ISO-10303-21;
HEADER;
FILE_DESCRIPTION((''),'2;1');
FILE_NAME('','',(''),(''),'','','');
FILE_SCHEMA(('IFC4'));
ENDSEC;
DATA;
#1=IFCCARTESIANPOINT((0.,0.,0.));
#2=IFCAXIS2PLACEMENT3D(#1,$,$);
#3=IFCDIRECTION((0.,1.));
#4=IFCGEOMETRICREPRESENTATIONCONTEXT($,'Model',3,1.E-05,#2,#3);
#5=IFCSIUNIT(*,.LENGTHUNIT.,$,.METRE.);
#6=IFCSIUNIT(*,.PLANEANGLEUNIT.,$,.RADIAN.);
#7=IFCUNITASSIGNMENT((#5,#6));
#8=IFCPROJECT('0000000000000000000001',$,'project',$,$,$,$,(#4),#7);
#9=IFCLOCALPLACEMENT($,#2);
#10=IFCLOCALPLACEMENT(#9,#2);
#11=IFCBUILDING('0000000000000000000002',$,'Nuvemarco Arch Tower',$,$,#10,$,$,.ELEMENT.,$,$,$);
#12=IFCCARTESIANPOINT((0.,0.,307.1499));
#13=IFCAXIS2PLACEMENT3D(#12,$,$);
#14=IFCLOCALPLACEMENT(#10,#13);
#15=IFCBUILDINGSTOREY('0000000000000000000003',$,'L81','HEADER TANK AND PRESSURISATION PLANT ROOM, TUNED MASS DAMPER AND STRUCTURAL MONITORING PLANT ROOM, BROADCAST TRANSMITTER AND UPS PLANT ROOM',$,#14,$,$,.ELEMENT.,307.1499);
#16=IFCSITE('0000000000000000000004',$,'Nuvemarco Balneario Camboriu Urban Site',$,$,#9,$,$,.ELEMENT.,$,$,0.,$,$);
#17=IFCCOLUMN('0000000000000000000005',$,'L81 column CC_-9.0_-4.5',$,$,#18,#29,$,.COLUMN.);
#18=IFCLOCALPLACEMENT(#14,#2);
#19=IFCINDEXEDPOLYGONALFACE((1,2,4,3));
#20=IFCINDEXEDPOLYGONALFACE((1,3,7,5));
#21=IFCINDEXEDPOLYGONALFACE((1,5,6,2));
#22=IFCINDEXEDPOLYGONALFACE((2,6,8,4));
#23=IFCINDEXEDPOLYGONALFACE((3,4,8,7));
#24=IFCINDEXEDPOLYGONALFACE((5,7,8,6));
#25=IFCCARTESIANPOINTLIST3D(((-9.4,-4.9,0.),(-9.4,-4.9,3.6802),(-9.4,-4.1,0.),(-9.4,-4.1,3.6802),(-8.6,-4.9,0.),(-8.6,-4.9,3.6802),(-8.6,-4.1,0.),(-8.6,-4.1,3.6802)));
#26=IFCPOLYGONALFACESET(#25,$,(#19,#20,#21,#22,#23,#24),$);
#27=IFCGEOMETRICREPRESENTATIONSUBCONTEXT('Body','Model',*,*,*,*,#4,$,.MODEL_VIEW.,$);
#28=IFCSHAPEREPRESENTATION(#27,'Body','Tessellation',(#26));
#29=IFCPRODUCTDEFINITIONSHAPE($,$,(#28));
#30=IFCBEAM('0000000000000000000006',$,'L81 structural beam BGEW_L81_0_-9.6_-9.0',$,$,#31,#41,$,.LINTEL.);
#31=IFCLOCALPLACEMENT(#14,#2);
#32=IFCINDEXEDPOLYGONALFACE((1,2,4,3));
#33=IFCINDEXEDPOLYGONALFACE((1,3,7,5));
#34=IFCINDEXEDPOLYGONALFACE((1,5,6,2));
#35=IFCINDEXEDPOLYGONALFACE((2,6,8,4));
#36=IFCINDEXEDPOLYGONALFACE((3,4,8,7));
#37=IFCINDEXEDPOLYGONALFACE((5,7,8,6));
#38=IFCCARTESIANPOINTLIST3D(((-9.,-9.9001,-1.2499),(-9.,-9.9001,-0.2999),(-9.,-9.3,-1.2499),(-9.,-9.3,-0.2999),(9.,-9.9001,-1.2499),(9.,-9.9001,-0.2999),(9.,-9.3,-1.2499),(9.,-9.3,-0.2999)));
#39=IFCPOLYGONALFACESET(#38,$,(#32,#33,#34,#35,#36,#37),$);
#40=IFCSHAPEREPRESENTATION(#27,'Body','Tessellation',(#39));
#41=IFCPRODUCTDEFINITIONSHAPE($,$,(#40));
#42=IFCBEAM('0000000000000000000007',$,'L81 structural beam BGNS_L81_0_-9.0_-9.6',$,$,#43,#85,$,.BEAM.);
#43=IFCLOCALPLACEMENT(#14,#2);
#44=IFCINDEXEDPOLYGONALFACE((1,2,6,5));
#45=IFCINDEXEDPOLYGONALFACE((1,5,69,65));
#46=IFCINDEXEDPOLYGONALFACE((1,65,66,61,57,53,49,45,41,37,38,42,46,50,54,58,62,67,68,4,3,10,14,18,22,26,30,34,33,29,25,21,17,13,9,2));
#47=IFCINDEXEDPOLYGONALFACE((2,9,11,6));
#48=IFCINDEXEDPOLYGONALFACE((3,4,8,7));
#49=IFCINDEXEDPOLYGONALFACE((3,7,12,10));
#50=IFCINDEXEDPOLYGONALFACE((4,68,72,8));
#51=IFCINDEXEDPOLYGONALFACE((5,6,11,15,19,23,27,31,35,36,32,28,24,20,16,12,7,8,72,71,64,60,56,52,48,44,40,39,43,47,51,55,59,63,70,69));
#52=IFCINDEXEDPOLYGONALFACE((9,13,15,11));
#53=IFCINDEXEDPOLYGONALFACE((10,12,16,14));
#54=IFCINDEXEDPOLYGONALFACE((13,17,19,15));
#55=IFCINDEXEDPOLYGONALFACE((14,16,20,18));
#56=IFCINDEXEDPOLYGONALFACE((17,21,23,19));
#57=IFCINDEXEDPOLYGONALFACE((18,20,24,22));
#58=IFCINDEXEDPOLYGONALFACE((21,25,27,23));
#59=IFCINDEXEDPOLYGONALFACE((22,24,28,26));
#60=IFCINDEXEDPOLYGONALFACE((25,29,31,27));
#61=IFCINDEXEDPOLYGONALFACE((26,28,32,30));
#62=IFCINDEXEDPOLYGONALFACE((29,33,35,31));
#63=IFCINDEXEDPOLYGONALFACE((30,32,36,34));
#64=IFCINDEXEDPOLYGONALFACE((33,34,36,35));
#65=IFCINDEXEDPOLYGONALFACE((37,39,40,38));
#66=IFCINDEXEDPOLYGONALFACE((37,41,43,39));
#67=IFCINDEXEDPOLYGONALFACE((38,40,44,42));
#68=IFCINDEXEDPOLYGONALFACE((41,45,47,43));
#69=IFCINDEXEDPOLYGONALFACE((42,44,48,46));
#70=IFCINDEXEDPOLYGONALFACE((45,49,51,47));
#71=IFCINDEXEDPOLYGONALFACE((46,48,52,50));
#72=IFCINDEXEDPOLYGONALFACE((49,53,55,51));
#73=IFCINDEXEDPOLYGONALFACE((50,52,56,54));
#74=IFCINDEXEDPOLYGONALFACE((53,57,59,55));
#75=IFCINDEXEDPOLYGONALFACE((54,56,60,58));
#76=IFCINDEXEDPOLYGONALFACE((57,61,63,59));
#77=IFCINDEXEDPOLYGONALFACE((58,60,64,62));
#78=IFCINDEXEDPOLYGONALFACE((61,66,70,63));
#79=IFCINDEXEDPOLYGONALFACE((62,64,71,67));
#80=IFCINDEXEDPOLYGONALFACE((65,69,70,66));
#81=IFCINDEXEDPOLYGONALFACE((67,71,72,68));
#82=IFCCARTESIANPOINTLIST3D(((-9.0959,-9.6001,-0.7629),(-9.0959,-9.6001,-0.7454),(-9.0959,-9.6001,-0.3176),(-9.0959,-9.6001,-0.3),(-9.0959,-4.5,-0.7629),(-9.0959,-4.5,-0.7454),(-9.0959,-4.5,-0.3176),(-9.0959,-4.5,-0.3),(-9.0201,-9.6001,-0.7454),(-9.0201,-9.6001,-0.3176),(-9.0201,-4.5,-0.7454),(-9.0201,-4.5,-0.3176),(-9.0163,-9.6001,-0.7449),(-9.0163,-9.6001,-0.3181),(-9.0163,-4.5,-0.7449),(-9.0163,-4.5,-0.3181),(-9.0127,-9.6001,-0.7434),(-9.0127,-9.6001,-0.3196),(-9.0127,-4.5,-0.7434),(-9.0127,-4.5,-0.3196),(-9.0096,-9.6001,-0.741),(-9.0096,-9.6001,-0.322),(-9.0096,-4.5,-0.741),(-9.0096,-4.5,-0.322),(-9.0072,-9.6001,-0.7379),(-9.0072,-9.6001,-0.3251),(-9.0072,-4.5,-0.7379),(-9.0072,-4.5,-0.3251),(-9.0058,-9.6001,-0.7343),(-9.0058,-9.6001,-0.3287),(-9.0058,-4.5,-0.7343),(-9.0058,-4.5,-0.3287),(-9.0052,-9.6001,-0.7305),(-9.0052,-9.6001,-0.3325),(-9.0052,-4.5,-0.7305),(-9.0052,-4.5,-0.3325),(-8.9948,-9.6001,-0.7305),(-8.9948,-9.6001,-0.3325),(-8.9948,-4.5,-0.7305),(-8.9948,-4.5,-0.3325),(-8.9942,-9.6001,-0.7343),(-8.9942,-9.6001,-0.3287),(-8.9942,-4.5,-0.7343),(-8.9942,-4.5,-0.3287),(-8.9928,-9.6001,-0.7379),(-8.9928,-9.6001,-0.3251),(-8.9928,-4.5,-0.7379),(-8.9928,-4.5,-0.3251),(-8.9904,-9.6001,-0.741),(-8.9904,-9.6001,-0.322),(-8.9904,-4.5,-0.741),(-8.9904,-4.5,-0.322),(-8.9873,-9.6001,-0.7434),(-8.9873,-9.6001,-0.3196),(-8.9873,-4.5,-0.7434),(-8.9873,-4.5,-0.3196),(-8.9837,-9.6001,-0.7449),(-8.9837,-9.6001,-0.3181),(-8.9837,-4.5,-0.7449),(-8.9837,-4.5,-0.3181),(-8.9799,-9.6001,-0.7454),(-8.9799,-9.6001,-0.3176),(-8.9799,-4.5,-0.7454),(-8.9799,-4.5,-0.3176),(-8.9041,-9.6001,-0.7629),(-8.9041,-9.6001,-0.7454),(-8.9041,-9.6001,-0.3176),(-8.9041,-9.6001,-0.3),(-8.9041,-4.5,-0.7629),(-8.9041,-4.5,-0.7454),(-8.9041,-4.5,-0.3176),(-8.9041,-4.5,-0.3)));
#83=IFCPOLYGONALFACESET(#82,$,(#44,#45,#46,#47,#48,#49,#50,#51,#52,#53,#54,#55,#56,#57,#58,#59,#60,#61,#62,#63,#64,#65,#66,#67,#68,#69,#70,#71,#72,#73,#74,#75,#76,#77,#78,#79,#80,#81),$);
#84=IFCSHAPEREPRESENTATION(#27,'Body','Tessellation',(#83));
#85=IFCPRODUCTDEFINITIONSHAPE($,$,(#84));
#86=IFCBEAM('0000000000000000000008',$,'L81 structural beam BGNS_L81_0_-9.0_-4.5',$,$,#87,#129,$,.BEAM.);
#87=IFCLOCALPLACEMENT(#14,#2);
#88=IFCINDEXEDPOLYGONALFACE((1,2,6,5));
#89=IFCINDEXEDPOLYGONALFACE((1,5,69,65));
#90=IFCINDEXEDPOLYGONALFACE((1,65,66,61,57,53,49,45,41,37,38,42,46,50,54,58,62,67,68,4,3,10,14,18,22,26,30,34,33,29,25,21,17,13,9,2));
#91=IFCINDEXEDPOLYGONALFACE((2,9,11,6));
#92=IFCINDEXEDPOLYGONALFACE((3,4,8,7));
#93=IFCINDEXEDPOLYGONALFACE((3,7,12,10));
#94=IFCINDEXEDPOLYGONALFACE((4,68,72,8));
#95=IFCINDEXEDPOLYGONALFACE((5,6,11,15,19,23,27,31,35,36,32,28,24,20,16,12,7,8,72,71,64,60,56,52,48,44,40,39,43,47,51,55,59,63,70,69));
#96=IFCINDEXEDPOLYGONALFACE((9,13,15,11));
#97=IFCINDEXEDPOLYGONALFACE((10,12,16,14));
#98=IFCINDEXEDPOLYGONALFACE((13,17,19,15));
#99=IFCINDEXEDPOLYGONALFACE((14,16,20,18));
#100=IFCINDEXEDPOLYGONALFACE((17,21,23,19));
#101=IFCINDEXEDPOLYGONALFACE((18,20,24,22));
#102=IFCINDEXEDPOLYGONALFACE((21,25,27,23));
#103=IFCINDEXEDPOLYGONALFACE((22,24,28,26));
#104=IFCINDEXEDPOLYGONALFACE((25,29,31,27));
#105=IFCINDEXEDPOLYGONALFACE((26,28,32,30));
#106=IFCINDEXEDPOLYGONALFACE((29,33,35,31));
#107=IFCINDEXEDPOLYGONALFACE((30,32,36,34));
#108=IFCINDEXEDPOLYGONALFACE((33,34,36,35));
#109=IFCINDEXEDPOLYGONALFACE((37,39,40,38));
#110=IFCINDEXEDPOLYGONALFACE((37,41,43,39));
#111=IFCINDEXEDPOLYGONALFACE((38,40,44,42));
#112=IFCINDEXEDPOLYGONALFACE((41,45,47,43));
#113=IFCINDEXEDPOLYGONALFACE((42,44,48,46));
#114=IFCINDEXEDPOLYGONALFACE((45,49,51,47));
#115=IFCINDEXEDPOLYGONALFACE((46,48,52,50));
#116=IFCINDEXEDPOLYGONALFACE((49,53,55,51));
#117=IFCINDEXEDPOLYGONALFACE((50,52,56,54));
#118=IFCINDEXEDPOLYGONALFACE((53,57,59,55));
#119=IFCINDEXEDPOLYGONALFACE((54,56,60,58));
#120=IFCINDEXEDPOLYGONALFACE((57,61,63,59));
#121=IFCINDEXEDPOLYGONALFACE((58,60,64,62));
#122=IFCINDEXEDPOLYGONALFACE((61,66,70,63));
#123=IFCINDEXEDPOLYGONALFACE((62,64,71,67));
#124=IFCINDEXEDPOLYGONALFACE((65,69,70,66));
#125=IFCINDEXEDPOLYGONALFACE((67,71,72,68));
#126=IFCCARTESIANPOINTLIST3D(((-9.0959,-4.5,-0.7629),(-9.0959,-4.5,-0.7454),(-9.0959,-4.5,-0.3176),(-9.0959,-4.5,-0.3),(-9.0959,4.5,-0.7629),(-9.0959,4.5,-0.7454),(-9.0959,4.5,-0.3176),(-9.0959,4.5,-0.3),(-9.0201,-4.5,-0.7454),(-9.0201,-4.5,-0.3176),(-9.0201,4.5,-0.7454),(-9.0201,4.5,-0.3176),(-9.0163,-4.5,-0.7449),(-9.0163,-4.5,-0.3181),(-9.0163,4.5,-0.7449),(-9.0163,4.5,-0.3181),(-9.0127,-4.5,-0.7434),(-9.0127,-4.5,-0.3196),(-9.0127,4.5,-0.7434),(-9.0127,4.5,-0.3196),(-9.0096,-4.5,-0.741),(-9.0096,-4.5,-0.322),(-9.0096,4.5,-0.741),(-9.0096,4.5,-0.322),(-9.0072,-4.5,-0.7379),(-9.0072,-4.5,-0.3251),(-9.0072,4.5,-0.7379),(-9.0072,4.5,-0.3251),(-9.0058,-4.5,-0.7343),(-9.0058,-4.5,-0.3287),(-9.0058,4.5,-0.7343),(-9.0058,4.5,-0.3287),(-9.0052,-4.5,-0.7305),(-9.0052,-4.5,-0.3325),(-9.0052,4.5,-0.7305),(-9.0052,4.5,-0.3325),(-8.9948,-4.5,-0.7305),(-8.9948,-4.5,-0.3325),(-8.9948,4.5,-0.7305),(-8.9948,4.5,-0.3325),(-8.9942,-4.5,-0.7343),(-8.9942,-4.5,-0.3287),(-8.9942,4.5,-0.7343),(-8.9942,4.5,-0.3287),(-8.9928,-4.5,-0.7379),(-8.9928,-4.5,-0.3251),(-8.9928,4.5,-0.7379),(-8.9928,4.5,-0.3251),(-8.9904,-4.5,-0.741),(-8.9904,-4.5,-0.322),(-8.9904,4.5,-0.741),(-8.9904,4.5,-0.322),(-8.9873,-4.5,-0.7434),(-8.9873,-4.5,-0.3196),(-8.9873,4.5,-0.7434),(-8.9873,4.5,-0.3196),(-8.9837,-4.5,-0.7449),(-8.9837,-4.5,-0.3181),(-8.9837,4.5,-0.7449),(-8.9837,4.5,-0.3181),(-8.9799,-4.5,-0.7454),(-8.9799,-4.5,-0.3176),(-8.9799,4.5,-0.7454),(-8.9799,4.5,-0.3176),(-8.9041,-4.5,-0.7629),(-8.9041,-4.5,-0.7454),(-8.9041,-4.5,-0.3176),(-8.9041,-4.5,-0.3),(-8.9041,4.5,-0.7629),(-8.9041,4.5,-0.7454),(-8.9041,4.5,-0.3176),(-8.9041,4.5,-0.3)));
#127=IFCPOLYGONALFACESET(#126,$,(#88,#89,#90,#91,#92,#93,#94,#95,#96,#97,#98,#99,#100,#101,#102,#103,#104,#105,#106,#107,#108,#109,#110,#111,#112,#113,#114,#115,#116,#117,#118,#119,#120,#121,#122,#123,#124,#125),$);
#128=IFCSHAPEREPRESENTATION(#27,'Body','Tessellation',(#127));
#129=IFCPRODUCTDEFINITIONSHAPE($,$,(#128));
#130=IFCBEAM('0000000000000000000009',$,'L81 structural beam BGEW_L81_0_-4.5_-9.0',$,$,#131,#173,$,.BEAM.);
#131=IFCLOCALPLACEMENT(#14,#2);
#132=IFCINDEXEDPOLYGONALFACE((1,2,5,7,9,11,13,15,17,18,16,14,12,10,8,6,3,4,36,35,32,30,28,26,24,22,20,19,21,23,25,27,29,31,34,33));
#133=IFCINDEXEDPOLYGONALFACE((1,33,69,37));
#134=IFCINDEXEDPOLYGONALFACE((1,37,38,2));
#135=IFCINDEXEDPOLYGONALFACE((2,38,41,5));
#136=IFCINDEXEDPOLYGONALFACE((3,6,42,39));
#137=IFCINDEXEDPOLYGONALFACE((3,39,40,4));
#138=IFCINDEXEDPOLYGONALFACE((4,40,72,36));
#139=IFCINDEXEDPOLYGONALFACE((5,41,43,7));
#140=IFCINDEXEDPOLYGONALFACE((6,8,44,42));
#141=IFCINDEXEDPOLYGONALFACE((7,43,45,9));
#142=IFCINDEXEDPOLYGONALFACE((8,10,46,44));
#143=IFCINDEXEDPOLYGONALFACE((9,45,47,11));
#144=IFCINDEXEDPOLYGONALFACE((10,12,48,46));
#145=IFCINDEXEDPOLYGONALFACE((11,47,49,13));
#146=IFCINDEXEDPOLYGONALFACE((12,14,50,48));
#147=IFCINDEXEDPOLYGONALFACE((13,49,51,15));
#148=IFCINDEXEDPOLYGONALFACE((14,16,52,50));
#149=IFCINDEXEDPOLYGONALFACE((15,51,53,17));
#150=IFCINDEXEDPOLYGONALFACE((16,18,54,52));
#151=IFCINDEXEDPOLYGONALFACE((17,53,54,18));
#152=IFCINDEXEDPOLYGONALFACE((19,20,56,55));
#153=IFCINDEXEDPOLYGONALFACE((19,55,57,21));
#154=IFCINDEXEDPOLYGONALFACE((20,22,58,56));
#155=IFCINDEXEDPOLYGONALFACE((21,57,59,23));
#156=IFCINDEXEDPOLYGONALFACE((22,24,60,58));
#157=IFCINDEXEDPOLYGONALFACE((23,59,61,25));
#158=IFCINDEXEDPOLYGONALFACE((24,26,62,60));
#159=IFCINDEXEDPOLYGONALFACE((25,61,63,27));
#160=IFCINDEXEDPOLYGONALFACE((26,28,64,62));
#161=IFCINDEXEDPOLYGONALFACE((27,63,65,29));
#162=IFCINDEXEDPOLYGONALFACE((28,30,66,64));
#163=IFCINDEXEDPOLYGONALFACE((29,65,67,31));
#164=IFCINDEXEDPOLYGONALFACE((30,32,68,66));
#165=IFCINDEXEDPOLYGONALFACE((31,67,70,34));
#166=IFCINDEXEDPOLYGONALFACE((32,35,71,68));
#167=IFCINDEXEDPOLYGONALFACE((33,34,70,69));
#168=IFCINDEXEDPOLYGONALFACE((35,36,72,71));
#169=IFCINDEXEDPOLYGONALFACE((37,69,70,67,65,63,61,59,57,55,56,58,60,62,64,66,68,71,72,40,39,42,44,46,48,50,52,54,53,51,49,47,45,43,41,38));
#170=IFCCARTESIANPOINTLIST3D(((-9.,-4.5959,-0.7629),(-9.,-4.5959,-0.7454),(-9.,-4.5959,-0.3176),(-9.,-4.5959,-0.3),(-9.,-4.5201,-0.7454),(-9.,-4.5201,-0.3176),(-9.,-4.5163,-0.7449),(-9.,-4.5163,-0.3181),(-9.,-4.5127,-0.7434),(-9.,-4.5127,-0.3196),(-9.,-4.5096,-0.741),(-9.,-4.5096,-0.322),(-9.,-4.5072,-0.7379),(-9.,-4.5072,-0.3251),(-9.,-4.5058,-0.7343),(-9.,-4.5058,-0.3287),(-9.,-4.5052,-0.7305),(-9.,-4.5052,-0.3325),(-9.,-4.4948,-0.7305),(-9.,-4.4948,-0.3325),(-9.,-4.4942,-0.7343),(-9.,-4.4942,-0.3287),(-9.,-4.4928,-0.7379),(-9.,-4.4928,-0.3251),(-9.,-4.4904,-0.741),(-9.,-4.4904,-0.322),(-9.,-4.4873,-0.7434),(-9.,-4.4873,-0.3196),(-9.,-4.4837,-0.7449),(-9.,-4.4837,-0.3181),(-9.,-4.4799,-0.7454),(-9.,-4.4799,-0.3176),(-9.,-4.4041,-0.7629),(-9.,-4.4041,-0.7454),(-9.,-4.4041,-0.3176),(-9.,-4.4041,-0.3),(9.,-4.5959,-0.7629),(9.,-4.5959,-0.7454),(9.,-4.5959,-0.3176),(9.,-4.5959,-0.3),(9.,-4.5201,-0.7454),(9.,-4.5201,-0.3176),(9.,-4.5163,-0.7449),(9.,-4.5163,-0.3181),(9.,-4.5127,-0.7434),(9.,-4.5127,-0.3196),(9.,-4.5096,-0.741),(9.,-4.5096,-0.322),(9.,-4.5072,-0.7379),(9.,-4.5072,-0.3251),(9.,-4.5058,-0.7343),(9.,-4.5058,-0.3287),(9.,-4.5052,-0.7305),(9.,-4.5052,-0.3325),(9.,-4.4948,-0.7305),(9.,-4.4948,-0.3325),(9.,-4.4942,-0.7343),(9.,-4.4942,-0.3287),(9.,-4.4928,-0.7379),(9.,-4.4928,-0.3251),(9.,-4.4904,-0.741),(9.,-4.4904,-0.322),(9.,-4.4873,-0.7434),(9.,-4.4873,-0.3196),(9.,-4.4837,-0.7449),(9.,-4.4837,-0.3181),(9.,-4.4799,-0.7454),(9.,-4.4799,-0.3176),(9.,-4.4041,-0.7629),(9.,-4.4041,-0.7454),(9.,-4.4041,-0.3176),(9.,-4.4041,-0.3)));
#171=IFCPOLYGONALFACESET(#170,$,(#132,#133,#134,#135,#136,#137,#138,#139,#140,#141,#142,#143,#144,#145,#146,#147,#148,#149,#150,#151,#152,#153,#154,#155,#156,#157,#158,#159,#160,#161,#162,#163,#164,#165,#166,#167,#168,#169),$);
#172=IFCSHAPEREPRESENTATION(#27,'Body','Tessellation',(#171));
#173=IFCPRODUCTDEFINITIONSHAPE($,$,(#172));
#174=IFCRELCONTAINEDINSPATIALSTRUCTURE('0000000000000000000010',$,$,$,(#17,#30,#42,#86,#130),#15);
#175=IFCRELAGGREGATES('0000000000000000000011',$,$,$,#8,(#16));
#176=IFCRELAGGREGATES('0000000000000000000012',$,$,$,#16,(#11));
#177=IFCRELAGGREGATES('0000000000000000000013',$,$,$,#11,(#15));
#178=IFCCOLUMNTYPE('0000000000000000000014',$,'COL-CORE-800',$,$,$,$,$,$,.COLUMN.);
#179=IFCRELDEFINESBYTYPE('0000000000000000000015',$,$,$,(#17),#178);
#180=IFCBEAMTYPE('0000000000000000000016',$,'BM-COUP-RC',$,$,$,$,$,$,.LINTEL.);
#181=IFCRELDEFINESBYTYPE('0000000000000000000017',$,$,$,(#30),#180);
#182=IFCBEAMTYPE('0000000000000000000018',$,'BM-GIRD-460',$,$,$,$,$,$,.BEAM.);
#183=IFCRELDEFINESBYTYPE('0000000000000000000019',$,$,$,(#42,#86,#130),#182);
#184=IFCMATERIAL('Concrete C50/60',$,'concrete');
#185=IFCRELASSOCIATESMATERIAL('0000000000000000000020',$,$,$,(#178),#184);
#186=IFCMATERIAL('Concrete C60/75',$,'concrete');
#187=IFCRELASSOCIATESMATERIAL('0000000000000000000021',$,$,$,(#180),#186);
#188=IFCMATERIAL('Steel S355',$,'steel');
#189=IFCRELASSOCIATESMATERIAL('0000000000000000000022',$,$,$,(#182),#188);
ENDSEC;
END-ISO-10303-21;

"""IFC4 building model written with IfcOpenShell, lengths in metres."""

from ifc_helpers import new_model, si_unit, direction, frame, origin, origin_2d, place, context, subcontext, project, spatial, rectangle, i_section, extrude, material, material_profile, profile_set, type_object, element, save


model = new_model("IFC4")

# Units and contexts
model_context = context("Model", 3, precision=1e-05, world=origin(), true_north=direction((0.0, 1.0)))
body_context = subcontext(model_context, "Body", "Model", "MODEL_VIEW")
ifc_project = project(units=[si_unit("LENGTHUNIT", "METRE"), si_unit("PLANEANGLEUNIT", "RADIAN")], contexts=[model_context])

# Site, building, storey
site_placement = place(None, origin())
site = spatial("IfcSite", under=ifc_project, at=site_placement, Name="Nuvemarco Balneario Camboriu Urban Site", CompositionType="ELEMENT", RefElevation=0.0)
building_placement = place(site_placement, origin())
building = spatial("IfcBuilding", under=site, at=building_placement, Name="Nuvemarco Arch Tower", CompositionType="ELEMENT")
storey_placement = place(building_placement, frame((0.0, 0.0, 307.1499)))
storey = spatial("IfcBuildingStorey", under=building, at=storey_placement, Name="L81", Description="HEADER TANK AND PRESSURISATION PLANT ROOM, TUNED MASS DAMPER AND STRUCTURAL MONITORING PLANT ROOM, BROADCAST TRANSMITTER AND UPS PLANT ROOM", CompositionType="ELEMENT", Elevation=307.1499)

# Column
ifc_material_1 = material(Name="Concrete C50/60", Category="concrete")
ifc_material_profile_1 = material_profile(ifc_material_1, rectangle(XDim=0.8, YDim=0.8, at=origin_2d()), Name="RC-COL-800x800")
ifc_profile_set_1 = profile_set([ifc_material_profile_1], Name="Concrete C50/60")
column_type = type_object("IfcColumnType", Name="COL-CORE-800", PredefinedType="COLUMN", material=ifc_profile_set_1)
column_placement = place(storey_placement, frame((-9.0, -4.5, 0.0), z_axis=(0.0, 0.0, 1.0), x_axis=(1.0, 0.0, 0.0)))
element("IfcColumn", 1, at=column_placement, inside=storey, type_object=column_type, Name="L81 column CC_-9.0_-4.5", PredefinedType="COLUMN", context=body_context, shape_type="SweptSolid", body=[
    extrude(rectangle(XDim=0.8, YDim=0.8, at=origin_2d()), origin(), (0.0, 0.0, 1.0), 3.6802),
])

# Beams
ifc_material_2 = material(Name="Concrete C60/75", Category="concrete")
ifc_material_profile_2 = material_profile(ifc_material_2, rectangle(XDim=0.6001, YDim=0.95, at=origin_2d()), Name="RC-BM-600x950")
ifc_profile_set_2 = profile_set([ifc_material_profile_2], Name="Concrete C60/75")
beam_type_1 = type_object("IfcBeamType", Name="BM-COUP-RC", PredefinedType="LINTEL", material=ifc_profile_set_2)
beam_1_placement = place(storey_placement, frame((-9.0, -9.6001, -0.7749), z_axis=(1.0, 0.0, 0.0), x_axis=(0.0, 1.0, 0.0)))
element("IfcBeam", 2, at=beam_1_placement, inside=storey, type_object=beam_type_1, Name="L81 structural beam BGEW_L81_0_-9.6_-9.0", PredefinedType="LINTEL", context=body_context, shape_type="SweptSolid", body=[
    extrude(rectangle(XDim=0.6001, YDim=0.95, at=origin_2d()), origin(), (0.0, 0.0, 1.0), 18.0),
])
ifc_material_3 = material(Name="Steel S355", Category="steel")
ifc_material_profile_3 = material_profile(ifc_material_3, i_section(OverallWidth=0.1919, OverallDepth=0.4629, WebThickness=0.0105, FlangeThickness=0.0176, FilletRadius=0.0149, at=origin_2d()), Name="W460x89")
ifc_profile_set_3 = profile_set([ifc_material_profile_3], Name="Steel S355")
beam_type_2 = type_object("IfcBeamType", Name="BM-GIRD-460", PredefinedType="BEAM", material=ifc_profile_set_3)
beam_2_placement = place(storey_placement, frame((-9.0, -9.6001, -0.5315), z_axis=(0.0, 1.0, 0.0), x_axis=(-1.0, 0.0, 0.0)))
element("IfcBeam", 3, at=beam_2_placement, inside=storey, type_object=beam_type_2, Name="L81 structural beam BGNS_L81_0_-9.0_-9.6", PredefinedType="BEAM", context=body_context, shape_type="SweptSolid", body=[
    extrude(i_section(OverallWidth=0.1919, OverallDepth=0.4629, WebThickness=0.0105, FlangeThickness=0.0176, FilletRadius=0.0149, at=origin_2d()), origin(), (0.0, 0.0, 1.0), 5.1001),
])
beam_3_placement = place(storey_placement, frame((-9.0, -4.5, -0.5315), z_axis=(0.0, 1.0, 0.0), x_axis=(-1.0, 0.0, 0.0)))
element("IfcBeam", 4, at=beam_3_placement, inside=storey, type_object=beam_type_2, Name="L81 structural beam BGNS_L81_0_-9.0_-4.5", PredefinedType="BEAM", context=body_context, shape_type="SweptSolid", body=[
    extrude(i_section(OverallWidth=0.1919, OverallDepth=0.4629, WebThickness=0.0105, FlangeThickness=0.0176, FilletRadius=0.0149, at=origin_2d()), origin(), (0.0, 0.0, 1.0), 9.0),
])
beam_4_placement = place(storey_placement, frame((-9.0, -4.5, -0.5315), z_axis=(1.0, 0.0, 0.0), x_axis=(0.0, 1.0, 0.0)))
element("IfcBeam", 5, at=beam_4_placement, inside=storey, type_object=beam_type_2, Name="L81 structural beam BGEW_L81_0_-4.5_-9.0", PredefinedType="BEAM", context=body_context, shape_type="SweptSolid", body=[
    extrude(i_section(OverallWidth=0.1919, OverallDepth=0.4629, WebThickness=0.0105, FlangeThickness=0.0176, FilletRadius=0.0149, at=origin_2d()), origin(), (0.0, 0.0, 1.0), 18.0),
])

save(model, "model.ifc")
